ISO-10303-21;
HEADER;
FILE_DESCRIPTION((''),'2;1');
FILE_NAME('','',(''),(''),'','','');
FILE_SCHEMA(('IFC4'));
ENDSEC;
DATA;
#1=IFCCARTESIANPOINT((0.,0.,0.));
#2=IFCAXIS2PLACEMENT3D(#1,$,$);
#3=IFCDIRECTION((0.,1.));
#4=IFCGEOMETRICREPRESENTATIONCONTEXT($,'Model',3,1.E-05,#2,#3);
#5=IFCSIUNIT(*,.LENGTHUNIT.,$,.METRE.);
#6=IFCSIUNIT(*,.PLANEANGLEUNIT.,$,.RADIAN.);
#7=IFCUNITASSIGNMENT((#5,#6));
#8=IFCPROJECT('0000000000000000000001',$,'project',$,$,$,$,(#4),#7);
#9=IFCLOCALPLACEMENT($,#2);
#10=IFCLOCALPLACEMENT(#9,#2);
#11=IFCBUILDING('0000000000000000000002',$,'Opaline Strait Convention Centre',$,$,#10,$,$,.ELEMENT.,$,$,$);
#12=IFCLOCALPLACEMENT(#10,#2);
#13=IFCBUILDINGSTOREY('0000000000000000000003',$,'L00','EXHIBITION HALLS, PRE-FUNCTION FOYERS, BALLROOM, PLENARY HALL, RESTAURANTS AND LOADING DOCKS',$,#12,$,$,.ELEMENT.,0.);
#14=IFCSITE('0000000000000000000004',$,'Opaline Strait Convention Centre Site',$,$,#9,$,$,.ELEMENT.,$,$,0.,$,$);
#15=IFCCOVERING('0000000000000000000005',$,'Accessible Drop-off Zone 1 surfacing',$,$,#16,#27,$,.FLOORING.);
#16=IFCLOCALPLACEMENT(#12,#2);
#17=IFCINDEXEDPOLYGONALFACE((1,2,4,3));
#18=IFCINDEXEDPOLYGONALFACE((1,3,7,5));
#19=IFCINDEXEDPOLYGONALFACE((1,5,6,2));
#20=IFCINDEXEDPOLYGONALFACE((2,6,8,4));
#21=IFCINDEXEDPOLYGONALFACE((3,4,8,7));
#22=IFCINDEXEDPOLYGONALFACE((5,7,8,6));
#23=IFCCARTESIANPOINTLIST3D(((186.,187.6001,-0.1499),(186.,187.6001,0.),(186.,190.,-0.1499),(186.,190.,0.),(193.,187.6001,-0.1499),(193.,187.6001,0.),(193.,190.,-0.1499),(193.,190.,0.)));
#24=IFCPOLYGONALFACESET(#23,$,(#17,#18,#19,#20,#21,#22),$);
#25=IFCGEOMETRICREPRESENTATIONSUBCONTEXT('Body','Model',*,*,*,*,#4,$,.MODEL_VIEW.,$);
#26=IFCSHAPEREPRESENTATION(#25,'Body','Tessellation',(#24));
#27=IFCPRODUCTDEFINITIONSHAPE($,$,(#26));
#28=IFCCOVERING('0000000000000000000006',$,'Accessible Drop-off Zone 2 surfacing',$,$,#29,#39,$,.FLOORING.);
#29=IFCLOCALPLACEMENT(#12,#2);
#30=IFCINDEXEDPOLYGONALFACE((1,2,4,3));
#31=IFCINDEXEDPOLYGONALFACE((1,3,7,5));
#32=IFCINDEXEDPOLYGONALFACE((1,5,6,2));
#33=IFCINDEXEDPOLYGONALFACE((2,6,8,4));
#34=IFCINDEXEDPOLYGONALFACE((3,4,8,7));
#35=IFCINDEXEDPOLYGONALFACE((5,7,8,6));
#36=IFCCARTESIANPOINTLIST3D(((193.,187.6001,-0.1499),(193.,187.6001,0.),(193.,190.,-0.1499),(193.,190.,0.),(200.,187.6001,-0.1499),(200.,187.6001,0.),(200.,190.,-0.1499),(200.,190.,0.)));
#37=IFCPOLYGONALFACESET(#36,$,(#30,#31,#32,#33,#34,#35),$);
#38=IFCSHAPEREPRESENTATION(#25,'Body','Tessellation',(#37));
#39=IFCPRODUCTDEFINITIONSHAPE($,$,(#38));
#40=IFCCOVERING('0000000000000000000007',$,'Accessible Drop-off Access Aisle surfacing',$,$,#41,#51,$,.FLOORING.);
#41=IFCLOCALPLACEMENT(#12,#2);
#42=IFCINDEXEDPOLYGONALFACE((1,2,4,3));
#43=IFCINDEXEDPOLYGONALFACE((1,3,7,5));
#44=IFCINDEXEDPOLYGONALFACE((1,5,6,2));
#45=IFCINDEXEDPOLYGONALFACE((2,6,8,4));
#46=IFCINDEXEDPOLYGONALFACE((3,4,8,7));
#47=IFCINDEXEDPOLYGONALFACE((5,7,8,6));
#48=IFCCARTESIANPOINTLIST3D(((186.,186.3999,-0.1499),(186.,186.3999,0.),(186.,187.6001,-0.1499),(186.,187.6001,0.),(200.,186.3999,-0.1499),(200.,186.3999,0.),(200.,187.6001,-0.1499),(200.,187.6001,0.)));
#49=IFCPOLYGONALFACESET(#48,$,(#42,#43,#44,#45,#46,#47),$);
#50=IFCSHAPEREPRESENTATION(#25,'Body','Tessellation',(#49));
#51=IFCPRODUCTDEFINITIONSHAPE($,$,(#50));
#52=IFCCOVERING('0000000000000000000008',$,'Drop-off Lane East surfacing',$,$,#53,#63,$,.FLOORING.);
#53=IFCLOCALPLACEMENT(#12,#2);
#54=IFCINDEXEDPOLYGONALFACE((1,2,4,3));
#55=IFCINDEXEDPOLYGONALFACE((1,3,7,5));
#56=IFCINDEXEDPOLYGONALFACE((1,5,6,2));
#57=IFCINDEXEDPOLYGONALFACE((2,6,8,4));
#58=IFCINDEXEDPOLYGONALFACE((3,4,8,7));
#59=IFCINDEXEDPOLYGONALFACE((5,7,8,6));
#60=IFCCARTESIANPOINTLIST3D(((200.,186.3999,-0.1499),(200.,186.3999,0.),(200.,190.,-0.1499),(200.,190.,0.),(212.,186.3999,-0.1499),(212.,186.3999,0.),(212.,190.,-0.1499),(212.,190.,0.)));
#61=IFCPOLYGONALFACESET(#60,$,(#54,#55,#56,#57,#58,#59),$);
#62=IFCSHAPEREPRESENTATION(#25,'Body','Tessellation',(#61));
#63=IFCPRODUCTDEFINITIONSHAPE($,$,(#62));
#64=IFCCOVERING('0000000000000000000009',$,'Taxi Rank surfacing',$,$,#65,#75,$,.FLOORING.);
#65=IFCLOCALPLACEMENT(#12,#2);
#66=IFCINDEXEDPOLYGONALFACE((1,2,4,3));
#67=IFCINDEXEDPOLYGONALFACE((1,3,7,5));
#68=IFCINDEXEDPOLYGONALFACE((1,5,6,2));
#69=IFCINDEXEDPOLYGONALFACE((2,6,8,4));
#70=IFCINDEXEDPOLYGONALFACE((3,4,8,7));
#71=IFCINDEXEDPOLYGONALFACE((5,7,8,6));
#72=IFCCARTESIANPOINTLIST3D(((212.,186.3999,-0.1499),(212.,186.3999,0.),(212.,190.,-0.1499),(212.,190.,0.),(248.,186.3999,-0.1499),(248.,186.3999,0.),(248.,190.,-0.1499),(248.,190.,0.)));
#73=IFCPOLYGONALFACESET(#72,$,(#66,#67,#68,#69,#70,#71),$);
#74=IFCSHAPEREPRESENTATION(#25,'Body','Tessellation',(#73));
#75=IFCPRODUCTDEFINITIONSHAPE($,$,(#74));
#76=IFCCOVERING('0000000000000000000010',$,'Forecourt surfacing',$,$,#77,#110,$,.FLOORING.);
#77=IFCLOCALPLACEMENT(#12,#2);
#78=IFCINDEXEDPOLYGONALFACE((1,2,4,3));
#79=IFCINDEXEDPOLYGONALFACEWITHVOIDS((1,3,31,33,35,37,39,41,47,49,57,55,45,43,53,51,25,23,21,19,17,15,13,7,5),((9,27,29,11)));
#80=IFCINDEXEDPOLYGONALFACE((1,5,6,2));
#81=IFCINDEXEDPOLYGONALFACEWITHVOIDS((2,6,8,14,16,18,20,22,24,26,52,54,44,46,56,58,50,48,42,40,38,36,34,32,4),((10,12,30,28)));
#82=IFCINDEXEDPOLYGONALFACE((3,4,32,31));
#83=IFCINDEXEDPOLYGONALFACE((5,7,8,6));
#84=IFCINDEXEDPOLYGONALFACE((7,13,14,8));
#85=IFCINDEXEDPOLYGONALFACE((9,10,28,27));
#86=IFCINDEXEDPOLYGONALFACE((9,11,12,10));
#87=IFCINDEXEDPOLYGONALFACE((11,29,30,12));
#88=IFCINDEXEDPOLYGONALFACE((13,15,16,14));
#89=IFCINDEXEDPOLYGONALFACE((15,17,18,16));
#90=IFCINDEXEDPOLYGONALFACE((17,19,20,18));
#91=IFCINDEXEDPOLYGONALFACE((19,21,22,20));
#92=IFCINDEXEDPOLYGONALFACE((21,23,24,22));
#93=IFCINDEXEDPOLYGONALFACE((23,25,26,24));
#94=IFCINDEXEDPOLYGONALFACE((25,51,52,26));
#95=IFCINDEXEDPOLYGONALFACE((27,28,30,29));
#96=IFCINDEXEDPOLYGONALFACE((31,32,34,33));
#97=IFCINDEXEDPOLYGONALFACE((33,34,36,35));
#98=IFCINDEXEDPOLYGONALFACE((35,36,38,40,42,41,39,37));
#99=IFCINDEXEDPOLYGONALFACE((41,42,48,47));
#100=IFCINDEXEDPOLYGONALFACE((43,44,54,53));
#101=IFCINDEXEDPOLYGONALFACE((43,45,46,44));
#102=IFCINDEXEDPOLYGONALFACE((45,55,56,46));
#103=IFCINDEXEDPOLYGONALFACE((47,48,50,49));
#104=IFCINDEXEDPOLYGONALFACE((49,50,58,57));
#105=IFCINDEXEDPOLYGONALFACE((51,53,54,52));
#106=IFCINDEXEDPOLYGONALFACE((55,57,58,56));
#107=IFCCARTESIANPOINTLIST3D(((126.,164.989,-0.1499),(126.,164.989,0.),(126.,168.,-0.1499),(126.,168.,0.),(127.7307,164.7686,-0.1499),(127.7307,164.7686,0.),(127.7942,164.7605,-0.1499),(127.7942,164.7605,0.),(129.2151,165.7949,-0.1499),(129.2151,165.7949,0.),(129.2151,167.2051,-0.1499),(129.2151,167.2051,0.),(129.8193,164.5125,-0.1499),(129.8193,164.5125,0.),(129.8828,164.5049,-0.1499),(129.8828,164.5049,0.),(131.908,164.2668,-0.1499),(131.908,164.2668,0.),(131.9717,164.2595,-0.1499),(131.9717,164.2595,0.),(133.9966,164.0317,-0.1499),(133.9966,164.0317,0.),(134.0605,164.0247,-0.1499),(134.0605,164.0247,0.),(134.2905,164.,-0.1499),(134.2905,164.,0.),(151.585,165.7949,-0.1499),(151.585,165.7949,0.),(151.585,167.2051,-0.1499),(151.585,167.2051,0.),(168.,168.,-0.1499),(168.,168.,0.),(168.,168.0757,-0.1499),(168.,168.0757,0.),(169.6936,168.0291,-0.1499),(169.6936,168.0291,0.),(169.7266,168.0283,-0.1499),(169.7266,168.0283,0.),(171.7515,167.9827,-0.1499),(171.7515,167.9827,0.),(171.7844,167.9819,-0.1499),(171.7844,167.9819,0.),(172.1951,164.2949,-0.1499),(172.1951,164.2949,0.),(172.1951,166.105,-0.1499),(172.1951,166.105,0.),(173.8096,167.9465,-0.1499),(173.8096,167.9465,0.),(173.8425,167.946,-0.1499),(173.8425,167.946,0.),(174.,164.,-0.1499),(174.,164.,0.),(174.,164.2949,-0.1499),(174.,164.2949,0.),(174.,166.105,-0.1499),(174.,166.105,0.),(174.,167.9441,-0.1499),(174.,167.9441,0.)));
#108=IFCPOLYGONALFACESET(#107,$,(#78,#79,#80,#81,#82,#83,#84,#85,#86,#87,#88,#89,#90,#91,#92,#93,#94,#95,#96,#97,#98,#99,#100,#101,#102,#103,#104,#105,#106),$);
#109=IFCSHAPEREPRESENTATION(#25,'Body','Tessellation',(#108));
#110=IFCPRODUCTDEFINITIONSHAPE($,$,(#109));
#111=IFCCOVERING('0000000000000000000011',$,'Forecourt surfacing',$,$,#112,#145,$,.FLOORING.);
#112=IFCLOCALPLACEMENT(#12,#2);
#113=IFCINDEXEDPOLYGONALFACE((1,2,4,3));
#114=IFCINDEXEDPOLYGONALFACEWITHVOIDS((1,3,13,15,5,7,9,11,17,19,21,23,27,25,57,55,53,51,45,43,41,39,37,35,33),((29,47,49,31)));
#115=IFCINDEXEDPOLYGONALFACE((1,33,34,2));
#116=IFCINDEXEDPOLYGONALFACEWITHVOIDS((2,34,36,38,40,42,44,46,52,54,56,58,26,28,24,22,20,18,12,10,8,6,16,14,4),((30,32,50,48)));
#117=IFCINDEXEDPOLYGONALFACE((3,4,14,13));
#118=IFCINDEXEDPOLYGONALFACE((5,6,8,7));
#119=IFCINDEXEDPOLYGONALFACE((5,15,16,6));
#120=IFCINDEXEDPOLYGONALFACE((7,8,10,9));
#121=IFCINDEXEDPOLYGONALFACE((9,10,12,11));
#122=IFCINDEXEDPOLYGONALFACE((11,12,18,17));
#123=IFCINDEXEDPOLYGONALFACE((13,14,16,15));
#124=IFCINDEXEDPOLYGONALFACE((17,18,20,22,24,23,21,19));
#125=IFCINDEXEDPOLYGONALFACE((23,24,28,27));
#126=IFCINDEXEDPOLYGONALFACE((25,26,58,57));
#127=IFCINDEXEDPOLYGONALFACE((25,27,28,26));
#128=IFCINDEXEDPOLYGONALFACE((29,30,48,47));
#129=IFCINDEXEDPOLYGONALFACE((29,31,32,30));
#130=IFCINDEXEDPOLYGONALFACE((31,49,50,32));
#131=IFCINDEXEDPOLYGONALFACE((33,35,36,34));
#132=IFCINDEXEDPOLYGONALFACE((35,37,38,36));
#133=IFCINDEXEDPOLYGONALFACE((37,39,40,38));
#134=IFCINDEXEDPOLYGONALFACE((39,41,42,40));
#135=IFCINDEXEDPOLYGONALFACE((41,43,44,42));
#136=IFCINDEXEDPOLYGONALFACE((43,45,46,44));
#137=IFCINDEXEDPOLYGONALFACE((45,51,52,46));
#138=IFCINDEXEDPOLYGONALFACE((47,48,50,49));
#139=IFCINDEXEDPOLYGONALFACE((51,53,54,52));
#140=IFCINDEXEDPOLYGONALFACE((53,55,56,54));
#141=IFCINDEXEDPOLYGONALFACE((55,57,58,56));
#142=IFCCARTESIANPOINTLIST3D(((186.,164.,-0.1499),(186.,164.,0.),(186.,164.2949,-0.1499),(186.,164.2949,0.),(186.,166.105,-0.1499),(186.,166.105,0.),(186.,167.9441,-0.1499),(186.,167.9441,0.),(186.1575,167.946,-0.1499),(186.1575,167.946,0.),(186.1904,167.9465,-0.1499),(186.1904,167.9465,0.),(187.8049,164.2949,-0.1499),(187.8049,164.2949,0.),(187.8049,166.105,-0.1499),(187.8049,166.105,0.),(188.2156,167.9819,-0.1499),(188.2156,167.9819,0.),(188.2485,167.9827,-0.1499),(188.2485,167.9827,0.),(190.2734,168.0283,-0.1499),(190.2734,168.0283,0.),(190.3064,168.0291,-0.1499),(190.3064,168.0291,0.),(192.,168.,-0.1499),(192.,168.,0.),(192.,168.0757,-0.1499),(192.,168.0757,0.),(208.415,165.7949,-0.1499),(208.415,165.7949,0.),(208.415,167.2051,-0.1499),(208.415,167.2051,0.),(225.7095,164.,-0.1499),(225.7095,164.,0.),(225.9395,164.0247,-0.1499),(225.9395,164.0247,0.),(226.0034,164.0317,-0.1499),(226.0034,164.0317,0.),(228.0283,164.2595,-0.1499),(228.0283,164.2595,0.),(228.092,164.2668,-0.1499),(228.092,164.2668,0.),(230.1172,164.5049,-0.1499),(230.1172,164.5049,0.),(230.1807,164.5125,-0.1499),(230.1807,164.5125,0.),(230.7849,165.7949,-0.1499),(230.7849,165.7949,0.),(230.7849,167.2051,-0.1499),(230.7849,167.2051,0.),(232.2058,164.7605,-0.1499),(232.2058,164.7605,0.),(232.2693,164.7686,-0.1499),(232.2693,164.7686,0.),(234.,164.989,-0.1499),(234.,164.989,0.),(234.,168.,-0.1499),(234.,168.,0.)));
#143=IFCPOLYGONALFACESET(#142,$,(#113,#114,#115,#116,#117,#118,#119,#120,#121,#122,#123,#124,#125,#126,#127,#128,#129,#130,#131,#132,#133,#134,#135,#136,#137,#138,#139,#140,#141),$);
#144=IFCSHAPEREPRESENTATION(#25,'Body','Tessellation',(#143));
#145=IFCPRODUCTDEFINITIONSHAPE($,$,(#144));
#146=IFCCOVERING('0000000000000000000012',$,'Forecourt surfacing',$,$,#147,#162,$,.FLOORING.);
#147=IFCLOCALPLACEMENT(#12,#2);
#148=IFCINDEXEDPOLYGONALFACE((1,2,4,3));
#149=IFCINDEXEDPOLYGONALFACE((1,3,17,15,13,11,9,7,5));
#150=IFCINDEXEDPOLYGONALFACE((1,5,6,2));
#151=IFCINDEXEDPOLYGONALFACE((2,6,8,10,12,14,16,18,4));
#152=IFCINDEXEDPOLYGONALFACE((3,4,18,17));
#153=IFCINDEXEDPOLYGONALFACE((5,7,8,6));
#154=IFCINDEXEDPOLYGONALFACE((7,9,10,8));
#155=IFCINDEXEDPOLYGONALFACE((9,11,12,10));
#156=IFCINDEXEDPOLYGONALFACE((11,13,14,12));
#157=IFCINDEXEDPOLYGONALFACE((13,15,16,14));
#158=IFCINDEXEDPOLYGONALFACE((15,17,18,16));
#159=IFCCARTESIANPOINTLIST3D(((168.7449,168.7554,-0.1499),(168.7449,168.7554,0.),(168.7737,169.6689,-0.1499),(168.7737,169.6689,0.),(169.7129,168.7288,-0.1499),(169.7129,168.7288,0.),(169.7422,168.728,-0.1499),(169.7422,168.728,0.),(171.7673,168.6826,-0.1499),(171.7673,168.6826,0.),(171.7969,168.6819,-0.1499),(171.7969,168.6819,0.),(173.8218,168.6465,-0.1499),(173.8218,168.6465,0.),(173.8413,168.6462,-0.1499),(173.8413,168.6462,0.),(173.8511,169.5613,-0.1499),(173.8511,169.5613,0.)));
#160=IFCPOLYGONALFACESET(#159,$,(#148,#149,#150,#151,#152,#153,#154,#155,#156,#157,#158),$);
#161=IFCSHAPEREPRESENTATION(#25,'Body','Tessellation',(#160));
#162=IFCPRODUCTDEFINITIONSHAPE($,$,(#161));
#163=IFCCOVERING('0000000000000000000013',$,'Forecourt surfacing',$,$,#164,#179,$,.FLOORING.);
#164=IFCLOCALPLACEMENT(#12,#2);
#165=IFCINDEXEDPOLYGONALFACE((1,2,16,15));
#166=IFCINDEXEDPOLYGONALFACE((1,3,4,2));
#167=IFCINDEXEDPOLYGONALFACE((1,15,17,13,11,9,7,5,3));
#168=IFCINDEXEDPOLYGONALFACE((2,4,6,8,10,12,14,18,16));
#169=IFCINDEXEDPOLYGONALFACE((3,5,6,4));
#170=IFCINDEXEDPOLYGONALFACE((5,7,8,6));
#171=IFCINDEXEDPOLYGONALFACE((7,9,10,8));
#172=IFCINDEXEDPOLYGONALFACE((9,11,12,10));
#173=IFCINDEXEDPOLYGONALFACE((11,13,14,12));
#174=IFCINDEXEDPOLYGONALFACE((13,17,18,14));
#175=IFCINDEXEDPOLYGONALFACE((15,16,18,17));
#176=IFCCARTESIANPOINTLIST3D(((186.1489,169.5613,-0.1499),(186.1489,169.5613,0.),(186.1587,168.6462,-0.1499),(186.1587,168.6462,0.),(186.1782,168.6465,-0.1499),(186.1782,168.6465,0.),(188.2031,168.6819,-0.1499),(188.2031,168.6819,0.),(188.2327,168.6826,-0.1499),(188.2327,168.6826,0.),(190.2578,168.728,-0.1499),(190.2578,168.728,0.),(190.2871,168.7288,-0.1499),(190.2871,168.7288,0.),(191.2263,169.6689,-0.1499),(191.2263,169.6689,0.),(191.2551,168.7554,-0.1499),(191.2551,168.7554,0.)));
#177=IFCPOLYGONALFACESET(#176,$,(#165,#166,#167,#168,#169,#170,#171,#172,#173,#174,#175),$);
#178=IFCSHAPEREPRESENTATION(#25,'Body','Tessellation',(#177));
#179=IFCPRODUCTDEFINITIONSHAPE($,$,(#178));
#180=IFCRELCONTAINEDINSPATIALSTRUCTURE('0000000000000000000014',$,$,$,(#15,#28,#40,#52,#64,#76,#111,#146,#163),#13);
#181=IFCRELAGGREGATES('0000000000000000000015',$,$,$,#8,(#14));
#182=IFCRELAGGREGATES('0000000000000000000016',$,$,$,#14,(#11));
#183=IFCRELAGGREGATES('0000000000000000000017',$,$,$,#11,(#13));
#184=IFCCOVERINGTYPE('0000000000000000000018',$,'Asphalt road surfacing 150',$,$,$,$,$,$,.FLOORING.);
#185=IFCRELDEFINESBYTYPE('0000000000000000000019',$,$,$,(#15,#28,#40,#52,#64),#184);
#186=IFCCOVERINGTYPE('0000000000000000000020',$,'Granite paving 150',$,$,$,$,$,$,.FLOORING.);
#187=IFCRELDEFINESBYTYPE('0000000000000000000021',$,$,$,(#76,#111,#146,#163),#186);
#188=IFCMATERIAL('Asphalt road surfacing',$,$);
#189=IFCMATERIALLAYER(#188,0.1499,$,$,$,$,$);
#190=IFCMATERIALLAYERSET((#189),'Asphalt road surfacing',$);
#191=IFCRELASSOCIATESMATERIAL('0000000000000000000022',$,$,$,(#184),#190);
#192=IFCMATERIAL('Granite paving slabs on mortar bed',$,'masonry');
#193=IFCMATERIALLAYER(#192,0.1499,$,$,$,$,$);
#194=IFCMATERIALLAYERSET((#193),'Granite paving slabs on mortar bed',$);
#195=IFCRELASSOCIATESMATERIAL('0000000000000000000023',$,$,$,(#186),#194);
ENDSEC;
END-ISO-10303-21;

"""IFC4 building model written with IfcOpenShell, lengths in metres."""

from ifc_helpers import new_model, si_unit, direction, frame, origin, place, context, subcontext, project, spatial, polyline, outline, extrude, material, layer, layer_set, type_object, element, save


model = new_model("IFC4")

# Units and contexts
model_context = context("Model", 3, precision=1e-05, world=origin(), true_north=direction((0.0, 1.0)))
body_context = subcontext(model_context, "Body", "Model", "MODEL_VIEW")
ifc_project = project(units=[si_unit("LENGTHUNIT", "METRE"), si_unit("PLANEANGLEUNIT", "RADIAN")], contexts=[model_context])

# Site, building, storey
site_placement = place(None, origin())
site = spatial("IfcSite", under=ifc_project, at=site_placement, Name="Opaline Strait Convention Centre Site", CompositionType="ELEMENT", RefElevation=0.0)
building_placement = place(site_placement, origin())
building = spatial("IfcBuilding", under=site, at=building_placement, Name="Opaline Strait Convention Centre", CompositionType="ELEMENT")
storey_placement = place(building_placement, origin())
storey = spatial("IfcBuildingStorey", under=building, at=storey_placement, Name="L00", Description="EXHIBITION HALLS, PRE-FUNCTION FOYERS, BALLROOM, PLENARY HALL, RESTAURANTS AND LOADING DOCKS", CompositionType="ELEMENT", Elevation=0.0)

# Coverings
ifc_material_1 = material(Name="Asphalt road surfacing")
ifc_layer_1 = layer(ifc_material_1, 0.1499)
ifc_layer_set_1 = layer_set([ifc_layer_1], Name="Asphalt road surfacing")
covering_type_1 = type_object("IfcCoveringType", Name="Asphalt road surfacing 150", PredefinedType="FLOORING", material=ifc_layer_set_1)
covering_1_placement = place(storey_placement, frame((0.0, 0.0, -0.1499)))
element("IfcCovering", 1, at=covering_1_placement, inside=storey, type_object=covering_type_1, Name="Accessible Drop-off Zone 1 surfacing", PredefinedType="FLOORING", context=body_context, shape_type="SweptSolid", body=[
    extrude(outline(polyline([(186.0, 190.0), (186.0, 187.6001), (193.0, 187.6001), (193.0, 190.0), (186.0, 190.0)])), origin(), (0.0, 0.0, 1.0), 0.1499),
])
covering_2_placement = place(storey_placement, frame((0.0, 0.0, -0.1499)))
element("IfcCovering", 2, at=covering_2_placement, inside=storey, type_object=covering_type_1, Name="Accessible Drop-off Zone 2 surfacing", PredefinedType="FLOORING", context=body_context, shape_type="SweptSolid", body=[
    extrude(outline(polyline([(193.0, 190.0), (193.0, 187.6001), (200.0, 187.6001), (200.0, 190.0), (193.0, 190.0)])), origin(), (0.0, 0.0, 1.0), 0.1499),
])
covering_3_placement = place(storey_placement, frame((0.0, 0.0, -0.1499)))
element("IfcCovering", 3, at=covering_3_placement, inside=storey, type_object=covering_type_1, Name="Accessible Drop-off Access Aisle surfacing", PredefinedType="FLOORING", context=body_context, shape_type="SweptSolid", body=[
    extrude(outline(polyline([(186.0, 187.6001), (186.0, 186.3999), (200.0, 186.3999), (200.0, 187.6001), (186.0, 187.6001)])), origin(), (0.0, 0.0, 1.0), 0.1499),
])
covering_4_placement = place(storey_placement, frame((0.0, 0.0, -0.1499)))
element("IfcCovering", 4, at=covering_4_placement, inside=storey, type_object=covering_type_1, Name="Drop-off Lane East surfacing", PredefinedType="FLOORING", context=body_context, shape_type="SweptSolid", body=[
    extrude(outline(polyline([(200.0, 190.0), (200.0, 186.3999), (212.0, 186.3999), (212.0, 190.0), (200.0, 190.0)])), origin(), (0.0, 0.0, 1.0), 0.1499),
])
covering_5_placement = place(storey_placement, frame((0.0, 0.0, -0.1499)))
element("IfcCovering", 5, at=covering_5_placement, inside=storey, type_object=covering_type_1, Name="Taxi Rank surfacing", PredefinedType="FLOORING", context=body_context, shape_type="SweptSolid", body=[
    extrude(outline(polyline([(212.0, 190.0), (212.0, 186.3999), (248.0, 186.3999), (248.0, 190.0), (212.0, 190.0)])), origin(), (0.0, 0.0, 1.0), 0.1499),
])
ifc_material_2 = material(Name="Granite paving slabs on mortar bed", Category="masonry")
ifc_layer_2 = layer(ifc_material_2, 0.1499)
ifc_layer_set_2 = layer_set([ifc_layer_2], Name="Granite paving slabs on mortar bed")
covering_type_2 = type_object("IfcCoveringType", Name="Granite paving 150", PredefinedType="FLOORING", material=ifc_layer_set_2)
covering_6_placement = place(storey_placement, frame((0.0, 0.0, -0.1499)))
element("IfcCovering", 6, at=covering_6_placement, inside=storey, type_object=covering_type_2, Name="Forecourt surfacing", PredefinedType="FLOORING", context=body_context, shape_type="SweptSolid", body=[
    extrude(outline(polyline([(131.9717, 164.2595), (133.9966, 164.0317), (134.0605, 164.0247), (134.2905, 164.0), (174.0, 164.0), (174.0, 164.2949), (172.1951, 164.2949), (172.1951, 166.105), (174.0, 166.105), (174.0, 167.9441), (173.8425, 167.946), (173.8096, 167.9465), (171.7844, 167.9819), (171.7515, 167.9827), (169.7266, 168.0283), (169.6936, 168.0291), (168.0, 168.0757), (168.0, 168.0), (126.0, 168.0), (126.0, 164.989), (127.7307, 164.7686), (127.7942, 164.7605), (129.8193, 164.5125), (129.8828, 164.5049), (131.908, 164.2668), (131.9717, 164.2595)]), holes=[polyline([(129.2151, 167.2051), (151.585, 167.2051), (151.585, 165.7949), (129.2151, 165.7949), (129.2151, 167.2051)])]), origin(), (0.0, 0.0, 1.0), 0.1499),
])
covering_7_placement = place(storey_placement, frame((0.0, 0.0, -0.1499)))
element("IfcCovering", 7, at=covering_7_placement, inside=storey, type_object=covering_type_2, Name="Forecourt surfacing", PredefinedType="FLOORING", context=body_context, shape_type="SweptSolid", body=[
    extrude(outline(polyline([(232.2058, 164.7605), (232.2693, 164.7686), (234.0, 164.989), (234.0, 168.0), (192.0, 168.0), (192.0, 168.0757), (190.3064, 168.0291), (190.2734, 168.0283), (188.2485, 167.9827), (188.2156, 167.9819), (186.1904, 167.9465), (186.1575, 167.946), (186.0, 167.9441), (186.0, 166.105), (187.8049, 166.105), (187.8049, 164.2949), (186.0, 164.2949), (186.0, 164.0), (225.7095, 164.0), (225.9395, 164.0247), (226.0034, 164.0317), (228.0283, 164.2595), (228.092, 164.2668), (230.1172, 164.5049), (230.1807, 164.5125), (232.2058, 164.7605)]), holes=[polyline([(208.415, 167.2051), (230.7849, 167.2051), (230.7849, 165.7949), (208.415, 165.7949), (208.415, 167.2051)])]), origin(), (0.0, 0.0, 1.0), 0.1499),
])
covering_8_placement = place(storey_placement, frame((0.0, 0.0, -0.1499)))
element("IfcCovering", 8, at=covering_8_placement, inside=storey, type_object=covering_type_2, Name="Forecourt surfacing", PredefinedType="FLOORING", context=body_context, shape_type="SweptSolid", body=[
    extrude(outline(polyline([(173.8413, 168.6462), (173.8511, 169.5613), (168.7737, 169.6689), (168.7449, 168.7554), (169.7129, 168.7288), (169.7422, 168.728), (171.7673, 168.6826), (171.7969, 168.6819), (173.8218, 168.6465), (173.8413, 168.6462)])), origin(), (0.0, 0.0, 1.0), 0.1499),
])
covering_9_placement = place(storey_placement, frame((0.0, 0.0, -0.1499)))
element("IfcCovering", 9, at=covering_9_placement, inside=storey, type_object=covering_type_2, Name="Forecourt surfacing", PredefinedType="FLOORING", context=body_context, shape_type="SweptSolid", body=[
    extrude(outline(polyline([(190.2578, 168.728), (190.2871, 168.7288), (191.2551, 168.7554), (191.2263, 169.6689), (186.1489, 169.5613), (186.1587, 168.6462), (186.1782, 168.6465), (188.2031, 168.6819), (188.2327, 168.6826), (190.2578, 168.728)])), origin(), (0.0, 0.0, 1.0), 0.1499),
])

save(model, "model.ifc")
